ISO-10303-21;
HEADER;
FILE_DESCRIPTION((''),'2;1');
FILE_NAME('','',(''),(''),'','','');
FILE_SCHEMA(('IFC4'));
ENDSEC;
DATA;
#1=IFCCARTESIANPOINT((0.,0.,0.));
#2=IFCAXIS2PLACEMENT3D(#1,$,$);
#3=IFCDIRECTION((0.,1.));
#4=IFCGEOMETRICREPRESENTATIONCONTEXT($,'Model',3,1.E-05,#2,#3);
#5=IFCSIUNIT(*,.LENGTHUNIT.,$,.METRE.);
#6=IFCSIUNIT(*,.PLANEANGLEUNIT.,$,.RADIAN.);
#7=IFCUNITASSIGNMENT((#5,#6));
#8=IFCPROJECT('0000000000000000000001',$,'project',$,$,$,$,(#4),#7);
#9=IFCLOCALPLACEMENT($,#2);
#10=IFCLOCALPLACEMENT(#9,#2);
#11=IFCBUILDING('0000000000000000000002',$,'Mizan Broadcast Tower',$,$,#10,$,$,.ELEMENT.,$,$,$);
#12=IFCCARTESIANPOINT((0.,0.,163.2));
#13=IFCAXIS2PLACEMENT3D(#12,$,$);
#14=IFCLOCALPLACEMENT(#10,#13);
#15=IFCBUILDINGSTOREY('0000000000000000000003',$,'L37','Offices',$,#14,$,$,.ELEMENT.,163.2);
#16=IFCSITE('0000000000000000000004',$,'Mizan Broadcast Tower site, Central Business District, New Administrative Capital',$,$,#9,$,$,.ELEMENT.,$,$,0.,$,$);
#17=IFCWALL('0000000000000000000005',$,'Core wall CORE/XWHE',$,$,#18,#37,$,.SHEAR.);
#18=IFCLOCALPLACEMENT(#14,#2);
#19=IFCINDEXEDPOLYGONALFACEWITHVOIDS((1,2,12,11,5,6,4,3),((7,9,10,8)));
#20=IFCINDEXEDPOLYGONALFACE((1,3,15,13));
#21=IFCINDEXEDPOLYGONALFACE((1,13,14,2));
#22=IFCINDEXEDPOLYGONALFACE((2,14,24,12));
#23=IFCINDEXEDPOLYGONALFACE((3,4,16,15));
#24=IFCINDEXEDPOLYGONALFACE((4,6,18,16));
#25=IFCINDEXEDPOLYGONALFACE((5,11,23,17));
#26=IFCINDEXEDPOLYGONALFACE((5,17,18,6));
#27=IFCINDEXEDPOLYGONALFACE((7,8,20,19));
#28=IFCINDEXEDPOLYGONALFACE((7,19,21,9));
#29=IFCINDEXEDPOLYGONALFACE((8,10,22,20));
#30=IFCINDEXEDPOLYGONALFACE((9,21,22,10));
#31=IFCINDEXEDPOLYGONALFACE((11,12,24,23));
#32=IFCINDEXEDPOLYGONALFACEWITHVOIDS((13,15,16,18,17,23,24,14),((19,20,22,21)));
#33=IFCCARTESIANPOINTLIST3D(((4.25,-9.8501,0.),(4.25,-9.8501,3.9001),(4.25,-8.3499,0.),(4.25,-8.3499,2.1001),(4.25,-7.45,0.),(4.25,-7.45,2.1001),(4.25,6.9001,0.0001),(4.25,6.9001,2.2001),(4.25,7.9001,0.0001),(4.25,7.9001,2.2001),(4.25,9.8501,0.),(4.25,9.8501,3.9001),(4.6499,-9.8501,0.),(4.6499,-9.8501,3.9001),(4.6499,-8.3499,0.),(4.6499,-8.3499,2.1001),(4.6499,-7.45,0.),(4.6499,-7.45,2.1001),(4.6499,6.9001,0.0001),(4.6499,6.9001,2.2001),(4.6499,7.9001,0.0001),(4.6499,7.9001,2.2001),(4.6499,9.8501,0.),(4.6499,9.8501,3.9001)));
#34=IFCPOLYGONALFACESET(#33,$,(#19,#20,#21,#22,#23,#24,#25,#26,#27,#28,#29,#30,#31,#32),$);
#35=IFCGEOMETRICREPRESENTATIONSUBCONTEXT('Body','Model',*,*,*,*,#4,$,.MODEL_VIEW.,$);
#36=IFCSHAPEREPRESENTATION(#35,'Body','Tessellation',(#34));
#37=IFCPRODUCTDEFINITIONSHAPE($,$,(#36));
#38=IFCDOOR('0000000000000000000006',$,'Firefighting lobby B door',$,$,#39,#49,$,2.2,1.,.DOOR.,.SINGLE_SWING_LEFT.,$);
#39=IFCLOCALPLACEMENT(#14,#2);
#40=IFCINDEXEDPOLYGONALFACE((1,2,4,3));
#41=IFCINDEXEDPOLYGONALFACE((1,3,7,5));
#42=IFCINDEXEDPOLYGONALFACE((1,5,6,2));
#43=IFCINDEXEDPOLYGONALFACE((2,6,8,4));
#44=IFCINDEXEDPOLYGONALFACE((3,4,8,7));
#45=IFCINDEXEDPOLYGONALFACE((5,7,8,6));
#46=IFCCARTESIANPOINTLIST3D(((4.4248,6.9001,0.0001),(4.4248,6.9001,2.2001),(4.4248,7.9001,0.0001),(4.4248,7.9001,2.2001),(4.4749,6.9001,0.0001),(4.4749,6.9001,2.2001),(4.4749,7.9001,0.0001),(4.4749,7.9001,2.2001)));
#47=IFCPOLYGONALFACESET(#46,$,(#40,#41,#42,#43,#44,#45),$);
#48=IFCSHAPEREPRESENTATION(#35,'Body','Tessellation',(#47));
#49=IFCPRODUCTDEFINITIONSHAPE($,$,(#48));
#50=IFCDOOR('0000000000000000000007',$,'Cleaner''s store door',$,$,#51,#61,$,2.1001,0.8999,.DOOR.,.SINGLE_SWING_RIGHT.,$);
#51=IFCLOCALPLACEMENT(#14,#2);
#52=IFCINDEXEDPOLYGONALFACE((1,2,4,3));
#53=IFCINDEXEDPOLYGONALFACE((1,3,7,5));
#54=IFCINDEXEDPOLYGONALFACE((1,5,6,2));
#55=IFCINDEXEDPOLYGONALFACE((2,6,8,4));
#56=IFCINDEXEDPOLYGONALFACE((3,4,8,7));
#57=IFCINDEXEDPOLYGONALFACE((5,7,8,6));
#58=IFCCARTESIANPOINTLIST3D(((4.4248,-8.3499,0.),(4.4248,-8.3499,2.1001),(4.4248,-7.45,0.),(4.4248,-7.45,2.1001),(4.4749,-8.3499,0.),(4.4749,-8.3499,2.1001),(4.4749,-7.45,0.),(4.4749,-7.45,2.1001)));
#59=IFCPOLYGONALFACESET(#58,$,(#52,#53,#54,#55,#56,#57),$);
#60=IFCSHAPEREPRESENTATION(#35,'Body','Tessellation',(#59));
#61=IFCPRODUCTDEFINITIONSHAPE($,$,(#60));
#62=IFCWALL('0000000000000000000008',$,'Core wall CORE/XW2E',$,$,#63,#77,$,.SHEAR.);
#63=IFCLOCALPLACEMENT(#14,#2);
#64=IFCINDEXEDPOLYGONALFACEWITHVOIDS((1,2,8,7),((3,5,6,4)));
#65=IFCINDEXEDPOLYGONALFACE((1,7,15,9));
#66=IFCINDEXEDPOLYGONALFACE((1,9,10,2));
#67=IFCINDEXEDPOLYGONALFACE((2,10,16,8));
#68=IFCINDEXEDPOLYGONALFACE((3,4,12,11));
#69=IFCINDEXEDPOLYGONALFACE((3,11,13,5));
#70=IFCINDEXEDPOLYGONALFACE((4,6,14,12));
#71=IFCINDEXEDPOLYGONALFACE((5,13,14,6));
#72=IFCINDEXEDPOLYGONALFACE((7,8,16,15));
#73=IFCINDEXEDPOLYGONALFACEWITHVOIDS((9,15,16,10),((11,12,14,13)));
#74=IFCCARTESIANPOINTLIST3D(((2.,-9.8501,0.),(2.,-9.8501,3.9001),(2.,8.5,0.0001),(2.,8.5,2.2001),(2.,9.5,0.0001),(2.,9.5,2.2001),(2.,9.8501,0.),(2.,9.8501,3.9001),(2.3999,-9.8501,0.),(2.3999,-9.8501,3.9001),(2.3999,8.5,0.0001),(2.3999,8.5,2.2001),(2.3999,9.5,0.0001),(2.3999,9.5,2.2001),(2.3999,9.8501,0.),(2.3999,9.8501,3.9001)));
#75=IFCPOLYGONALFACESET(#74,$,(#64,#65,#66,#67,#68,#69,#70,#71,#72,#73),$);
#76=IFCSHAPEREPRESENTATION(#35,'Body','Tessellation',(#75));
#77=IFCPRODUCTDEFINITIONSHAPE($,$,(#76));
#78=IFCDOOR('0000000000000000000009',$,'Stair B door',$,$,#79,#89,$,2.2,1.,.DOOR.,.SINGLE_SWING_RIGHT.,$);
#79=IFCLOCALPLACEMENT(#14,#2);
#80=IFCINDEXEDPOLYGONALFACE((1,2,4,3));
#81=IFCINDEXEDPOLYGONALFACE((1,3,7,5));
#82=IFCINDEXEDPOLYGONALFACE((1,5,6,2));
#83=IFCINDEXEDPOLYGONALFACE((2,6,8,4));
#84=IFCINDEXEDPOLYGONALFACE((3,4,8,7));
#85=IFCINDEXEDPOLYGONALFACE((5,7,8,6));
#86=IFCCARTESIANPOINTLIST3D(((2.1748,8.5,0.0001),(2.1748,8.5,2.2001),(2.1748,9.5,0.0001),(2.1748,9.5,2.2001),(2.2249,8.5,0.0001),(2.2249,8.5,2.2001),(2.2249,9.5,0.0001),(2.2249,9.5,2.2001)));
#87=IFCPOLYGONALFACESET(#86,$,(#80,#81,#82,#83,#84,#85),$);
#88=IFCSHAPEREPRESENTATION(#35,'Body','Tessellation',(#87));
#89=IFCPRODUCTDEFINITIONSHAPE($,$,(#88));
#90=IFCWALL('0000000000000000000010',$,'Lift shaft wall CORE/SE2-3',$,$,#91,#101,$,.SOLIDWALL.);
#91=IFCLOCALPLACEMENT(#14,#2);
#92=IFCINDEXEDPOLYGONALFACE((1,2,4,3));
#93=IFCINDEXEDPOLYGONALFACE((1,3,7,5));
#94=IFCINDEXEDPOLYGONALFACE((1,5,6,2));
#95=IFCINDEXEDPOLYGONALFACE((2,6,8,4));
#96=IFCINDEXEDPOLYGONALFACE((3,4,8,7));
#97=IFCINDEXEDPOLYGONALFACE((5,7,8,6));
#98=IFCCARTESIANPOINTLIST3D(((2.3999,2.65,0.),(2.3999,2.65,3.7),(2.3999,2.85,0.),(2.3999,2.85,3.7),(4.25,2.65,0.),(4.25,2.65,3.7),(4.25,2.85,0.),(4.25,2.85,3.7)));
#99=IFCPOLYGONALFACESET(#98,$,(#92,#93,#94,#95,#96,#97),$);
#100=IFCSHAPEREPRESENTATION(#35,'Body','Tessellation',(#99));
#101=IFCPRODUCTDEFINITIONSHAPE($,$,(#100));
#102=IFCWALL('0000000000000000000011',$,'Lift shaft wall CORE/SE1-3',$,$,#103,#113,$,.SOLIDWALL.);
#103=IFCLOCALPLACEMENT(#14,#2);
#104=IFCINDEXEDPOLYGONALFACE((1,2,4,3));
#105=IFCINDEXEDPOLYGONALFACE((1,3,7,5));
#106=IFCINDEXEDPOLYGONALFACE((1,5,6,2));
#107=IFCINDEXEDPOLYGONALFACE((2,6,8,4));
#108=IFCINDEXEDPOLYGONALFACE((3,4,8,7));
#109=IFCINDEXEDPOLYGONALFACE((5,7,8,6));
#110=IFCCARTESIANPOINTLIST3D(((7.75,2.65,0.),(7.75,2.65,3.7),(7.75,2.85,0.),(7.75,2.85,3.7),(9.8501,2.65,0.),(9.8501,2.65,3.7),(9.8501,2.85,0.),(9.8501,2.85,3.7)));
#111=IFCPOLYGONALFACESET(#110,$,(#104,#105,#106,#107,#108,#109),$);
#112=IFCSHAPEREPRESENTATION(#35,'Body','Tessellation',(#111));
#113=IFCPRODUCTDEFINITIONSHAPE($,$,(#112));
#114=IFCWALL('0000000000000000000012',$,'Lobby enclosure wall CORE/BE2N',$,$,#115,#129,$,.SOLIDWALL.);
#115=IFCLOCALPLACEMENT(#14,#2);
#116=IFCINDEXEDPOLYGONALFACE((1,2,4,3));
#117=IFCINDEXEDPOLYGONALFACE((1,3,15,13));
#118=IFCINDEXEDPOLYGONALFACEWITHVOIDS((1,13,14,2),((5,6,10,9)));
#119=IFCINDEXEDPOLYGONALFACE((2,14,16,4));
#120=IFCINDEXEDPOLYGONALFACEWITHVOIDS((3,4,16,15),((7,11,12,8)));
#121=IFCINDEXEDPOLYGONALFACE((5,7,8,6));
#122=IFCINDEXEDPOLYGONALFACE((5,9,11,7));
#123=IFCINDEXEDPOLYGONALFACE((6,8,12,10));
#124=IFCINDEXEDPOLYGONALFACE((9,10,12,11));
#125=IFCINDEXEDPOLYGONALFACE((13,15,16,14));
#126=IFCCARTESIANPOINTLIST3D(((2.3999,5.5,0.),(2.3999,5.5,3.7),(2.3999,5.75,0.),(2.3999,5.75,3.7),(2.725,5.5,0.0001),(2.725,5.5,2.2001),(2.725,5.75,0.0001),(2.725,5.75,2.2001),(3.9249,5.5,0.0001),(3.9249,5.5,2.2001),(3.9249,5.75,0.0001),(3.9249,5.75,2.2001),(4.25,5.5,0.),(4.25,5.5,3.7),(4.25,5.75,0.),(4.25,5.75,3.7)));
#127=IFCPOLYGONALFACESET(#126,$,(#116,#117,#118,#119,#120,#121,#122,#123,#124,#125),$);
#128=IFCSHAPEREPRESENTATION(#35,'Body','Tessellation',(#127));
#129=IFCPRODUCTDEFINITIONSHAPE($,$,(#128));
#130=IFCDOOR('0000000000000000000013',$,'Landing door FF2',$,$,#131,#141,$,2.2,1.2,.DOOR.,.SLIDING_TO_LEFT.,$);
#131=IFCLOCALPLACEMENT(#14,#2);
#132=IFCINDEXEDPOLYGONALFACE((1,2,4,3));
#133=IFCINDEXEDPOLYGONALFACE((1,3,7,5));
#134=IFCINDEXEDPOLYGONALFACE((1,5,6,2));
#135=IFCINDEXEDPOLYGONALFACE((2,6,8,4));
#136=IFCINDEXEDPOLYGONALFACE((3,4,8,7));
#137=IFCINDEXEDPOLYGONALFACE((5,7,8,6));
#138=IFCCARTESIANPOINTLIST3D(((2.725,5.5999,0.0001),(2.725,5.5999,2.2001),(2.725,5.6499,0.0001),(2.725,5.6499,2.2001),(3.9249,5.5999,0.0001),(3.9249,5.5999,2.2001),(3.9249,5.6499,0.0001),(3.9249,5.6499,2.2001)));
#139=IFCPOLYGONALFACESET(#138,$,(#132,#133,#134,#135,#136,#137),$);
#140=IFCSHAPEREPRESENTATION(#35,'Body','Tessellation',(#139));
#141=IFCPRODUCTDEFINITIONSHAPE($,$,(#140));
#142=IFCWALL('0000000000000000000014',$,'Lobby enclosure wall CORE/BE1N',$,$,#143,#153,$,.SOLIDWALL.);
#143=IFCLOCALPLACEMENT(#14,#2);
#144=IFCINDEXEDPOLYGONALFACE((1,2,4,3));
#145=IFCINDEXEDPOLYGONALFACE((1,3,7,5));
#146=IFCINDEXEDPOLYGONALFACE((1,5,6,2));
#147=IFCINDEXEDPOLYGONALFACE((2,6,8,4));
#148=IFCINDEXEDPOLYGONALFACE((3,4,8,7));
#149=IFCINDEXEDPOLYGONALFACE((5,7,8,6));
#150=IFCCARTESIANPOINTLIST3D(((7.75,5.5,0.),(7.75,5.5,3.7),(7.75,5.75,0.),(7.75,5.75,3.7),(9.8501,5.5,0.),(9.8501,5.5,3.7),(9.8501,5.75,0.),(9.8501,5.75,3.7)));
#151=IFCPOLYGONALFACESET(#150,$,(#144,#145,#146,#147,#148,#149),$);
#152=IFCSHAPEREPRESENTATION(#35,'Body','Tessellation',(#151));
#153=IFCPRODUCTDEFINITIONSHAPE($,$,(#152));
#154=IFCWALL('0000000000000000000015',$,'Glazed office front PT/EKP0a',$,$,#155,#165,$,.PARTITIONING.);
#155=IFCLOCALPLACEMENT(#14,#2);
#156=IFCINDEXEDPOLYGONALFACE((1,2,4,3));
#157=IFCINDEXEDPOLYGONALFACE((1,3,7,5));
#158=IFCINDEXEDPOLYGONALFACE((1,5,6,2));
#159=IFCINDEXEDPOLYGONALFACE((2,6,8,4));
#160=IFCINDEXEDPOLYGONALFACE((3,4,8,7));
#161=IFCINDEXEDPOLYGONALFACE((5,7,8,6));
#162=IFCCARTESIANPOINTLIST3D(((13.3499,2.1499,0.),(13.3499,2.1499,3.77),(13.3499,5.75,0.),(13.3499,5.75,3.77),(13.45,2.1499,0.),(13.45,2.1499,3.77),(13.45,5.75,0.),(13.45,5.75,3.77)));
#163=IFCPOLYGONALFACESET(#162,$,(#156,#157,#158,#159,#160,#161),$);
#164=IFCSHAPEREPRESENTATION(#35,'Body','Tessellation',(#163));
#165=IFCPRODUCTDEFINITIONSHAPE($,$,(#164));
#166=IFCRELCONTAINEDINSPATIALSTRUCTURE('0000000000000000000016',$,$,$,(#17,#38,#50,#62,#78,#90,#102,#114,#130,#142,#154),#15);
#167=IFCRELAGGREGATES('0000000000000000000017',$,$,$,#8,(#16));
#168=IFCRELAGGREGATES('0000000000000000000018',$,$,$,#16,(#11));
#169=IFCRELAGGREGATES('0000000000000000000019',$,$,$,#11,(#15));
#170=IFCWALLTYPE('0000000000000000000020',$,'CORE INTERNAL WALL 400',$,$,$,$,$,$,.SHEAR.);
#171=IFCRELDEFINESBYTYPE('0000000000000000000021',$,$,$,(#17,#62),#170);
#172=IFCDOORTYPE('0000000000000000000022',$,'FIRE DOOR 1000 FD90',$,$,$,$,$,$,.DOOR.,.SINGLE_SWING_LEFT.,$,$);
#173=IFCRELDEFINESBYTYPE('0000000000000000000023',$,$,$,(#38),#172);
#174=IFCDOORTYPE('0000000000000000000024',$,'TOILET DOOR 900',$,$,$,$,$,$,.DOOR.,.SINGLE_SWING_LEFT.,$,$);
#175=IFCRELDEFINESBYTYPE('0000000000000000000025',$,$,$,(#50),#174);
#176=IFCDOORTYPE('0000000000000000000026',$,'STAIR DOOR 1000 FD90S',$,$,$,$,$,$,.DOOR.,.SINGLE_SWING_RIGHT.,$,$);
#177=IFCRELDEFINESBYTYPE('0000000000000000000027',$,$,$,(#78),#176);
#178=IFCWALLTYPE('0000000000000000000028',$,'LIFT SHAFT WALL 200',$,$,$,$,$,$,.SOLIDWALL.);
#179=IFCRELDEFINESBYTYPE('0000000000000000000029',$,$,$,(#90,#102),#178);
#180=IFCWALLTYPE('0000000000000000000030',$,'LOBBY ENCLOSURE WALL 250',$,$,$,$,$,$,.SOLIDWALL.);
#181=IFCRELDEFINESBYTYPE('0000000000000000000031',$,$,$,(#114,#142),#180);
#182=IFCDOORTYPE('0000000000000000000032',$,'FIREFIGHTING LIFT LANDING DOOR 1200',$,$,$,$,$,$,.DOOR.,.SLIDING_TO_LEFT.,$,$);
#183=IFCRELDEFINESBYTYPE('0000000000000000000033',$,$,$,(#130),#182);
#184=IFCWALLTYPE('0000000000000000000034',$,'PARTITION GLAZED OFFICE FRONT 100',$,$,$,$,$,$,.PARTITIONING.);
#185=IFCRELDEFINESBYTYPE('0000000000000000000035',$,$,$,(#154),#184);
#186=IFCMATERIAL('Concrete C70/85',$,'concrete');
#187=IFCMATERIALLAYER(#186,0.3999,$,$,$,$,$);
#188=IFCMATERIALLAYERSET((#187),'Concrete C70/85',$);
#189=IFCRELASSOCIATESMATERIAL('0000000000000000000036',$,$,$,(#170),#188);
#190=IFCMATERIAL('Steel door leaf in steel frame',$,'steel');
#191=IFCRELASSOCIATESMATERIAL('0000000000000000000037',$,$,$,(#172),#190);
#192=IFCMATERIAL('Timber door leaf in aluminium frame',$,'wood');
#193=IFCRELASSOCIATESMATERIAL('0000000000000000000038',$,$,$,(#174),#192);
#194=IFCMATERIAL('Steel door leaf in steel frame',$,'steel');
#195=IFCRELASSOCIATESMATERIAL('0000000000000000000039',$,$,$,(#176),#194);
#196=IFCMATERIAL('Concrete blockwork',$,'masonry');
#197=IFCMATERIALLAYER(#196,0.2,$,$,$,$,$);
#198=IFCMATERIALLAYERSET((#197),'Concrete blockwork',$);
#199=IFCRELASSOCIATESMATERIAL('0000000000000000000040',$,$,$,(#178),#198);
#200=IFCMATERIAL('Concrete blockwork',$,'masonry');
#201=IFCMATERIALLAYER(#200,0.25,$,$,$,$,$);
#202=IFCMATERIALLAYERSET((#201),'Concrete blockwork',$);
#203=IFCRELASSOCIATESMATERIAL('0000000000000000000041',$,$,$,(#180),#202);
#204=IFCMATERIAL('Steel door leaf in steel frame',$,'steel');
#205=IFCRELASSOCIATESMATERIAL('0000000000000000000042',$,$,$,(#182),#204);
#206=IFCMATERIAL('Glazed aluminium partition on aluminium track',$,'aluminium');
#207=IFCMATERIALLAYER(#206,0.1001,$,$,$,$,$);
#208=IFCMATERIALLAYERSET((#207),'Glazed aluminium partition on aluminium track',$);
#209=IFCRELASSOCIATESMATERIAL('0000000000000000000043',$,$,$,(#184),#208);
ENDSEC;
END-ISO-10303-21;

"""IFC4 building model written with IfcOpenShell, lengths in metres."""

from ifc_helpers import new_model, si_unit, direction, frame, frame_2d, origin, place, context, subcontext, project, spatial, rectangle, extrude, material, layer, layer_set, type_object, element, fill, save


model = new_model("IFC4")

# Units and contexts
model_context = context("Model", 3, precision=1e-05, world=origin(), true_north=direction((0.0, 1.0)))
body_context = subcontext(model_context, "Body", "Model", "MODEL_VIEW")
ifc_project = project(units=[si_unit("LENGTHUNIT", "METRE"), si_unit("PLANEANGLEUNIT", "RADIAN")], contexts=[model_context])

# Site, building, storey
site_placement = place(None, origin())
site = spatial("IfcSite", under=ifc_project, at=site_placement, Name="Mizan Broadcast Tower site, Central Business District, New Administrative Capital", CompositionType="ELEMENT", RefElevation=0.0)
building_placement = place(site_placement, origin())
building = spatial("IfcBuilding", under=site, at=building_placement, Name="Mizan Broadcast Tower", CompositionType="ELEMENT")
storey_placement = place(building_placement, frame((0.0, 0.0, 163.2)))
storey = spatial("IfcBuildingStorey", under=building, at=storey_placement, Name="L37", Description="Offices", CompositionType="ELEMENT", Elevation=163.2)

# Wall, openings, doors
ifc_material_1 = material(Name="Concrete C70/85", Category="concrete")
ifc_layer_1 = layer(ifc_material_1, 0.3999)
ifc_layer_set_1 = layer_set([ifc_layer_1], Name="Concrete C70/85")
wall_type_1 = type_object("IfcWallType", Name="CORE INTERNAL WALL 400", PredefinedType="SHEAR", material=ifc_layer_set_1)
wall_1_placement = place(storey_placement, frame((4.45, 9.8501, 0.0), z_axis=(0.0, 0.0, 1.0), x_axis=(0.0, -1.0, 0.0)))
wall_1 = element("IfcWall", 1, at=wall_1_placement, inside=storey, type_object=wall_type_1, Name="Core wall CORE/XWHE", PredefinedType="SHEAR", context=body_context, shape_type="SweptSolid", body=[
    extrude(rectangle(XDim=19.7002, YDim=0.3999, at=frame_2d((9.8501, 0.0))), origin(), (0.0, 0.0, 1.0), 3.9001),
])
opening_1_placement = place(wall_1_placement, frame((1.95, 0.0, 0.0)))
opening_1 = element("IfcOpeningElement", 2, at=opening_1_placement, cuts=wall_1, PredefinedType="OPENING", context=body_context, shape_type="SweptSolid", body=[
    extrude(rectangle(XDim=1.0, YDim=2.2, at=frame_2d((0.5, 1.1001))), frame((0.0, 0.21, 0.0), z_axis=(0.0, -1.0, 0.0), x_axis=(1.0, 0.0, 0.0)), (0.0, 0.0, 1.0), 0.4199),
])
opening_2_placement = place(wall_1_placement, frame((17.3, 0.0, 0.0)))
opening_2 = element("IfcOpeningElement", 3, at=opening_2_placement, cuts=wall_1, PredefinedType="OPENING", context=body_context, shape_type="SweptSolid", body=[
    extrude(rectangle(XDim=0.8999, YDim=2.1001, at=frame_2d((0.45, 1.05))), frame((0.0, 0.21, 0.0), z_axis=(0.0, -1.0, 0.0), x_axis=(1.0, 0.0, 0.0)), (0.0, 0.0, 1.0), 0.4199),
])
ifc_material_2 = material(Name="Steel door leaf in steel frame", Category="steel")
door_type_1 = type_object("IfcDoorType", Name="FIRE DOOR 1000 FD90", OperationType="SINGLE_SWING_LEFT", PredefinedType="DOOR", material=ifc_material_2)
door_1_placement = place(opening_1_placement, origin())
door_1 = element("IfcDoor", 4, at=door_1_placement, inside=storey, type_object=door_type_1, Name="Firefighting lobby B door", OperationType="SINGLE_SWING_LEFT", OverallHeight=2.2, OverallWidth=1.0, PredefinedType="DOOR", context=body_context, shape_type="SweptSolid", body=[
    extrude(rectangle(XDim=1.0, YDim=2.2, at=frame_2d((0.5, 1.1001))), frame((0.0, 0.0249, 0.0), z_axis=(0.0, -1.0, 0.0), x_axis=(1.0, 0.0, 0.0)), (0.0, 0.0, 1.0), 0.05),
])
fill(opening_1, door_1)
ifc_material_3 = material(Name="Timber door leaf in aluminium frame", Category="wood")
door_type_2 = type_object("IfcDoorType", Name="TOILET DOOR 900", OperationType="SINGLE_SWING_LEFT", PredefinedType="DOOR", material=ifc_material_3)
door_2_placement = place(opening_2_placement, origin())
door_2 = element("IfcDoor", 5, at=door_2_placement, inside=storey, type_object=door_type_2, Name="Cleaner's store door", OperationType="SINGLE_SWING_RIGHT", OverallHeight=2.1001, OverallWidth=0.8999, PredefinedType="DOOR", context=body_context, shape_type="SweptSolid", body=[
    extrude(rectangle(XDim=0.8999, YDim=2.1001, at=frame_2d((0.45, 1.05))), frame((0.0, 0.0249, 0.0), z_axis=(0.0, -1.0, 0.0), x_axis=(1.0, 0.0, 0.0)), (0.0, 0.0, 1.0), 0.05),
])
fill(opening_2, door_2)

# Wall, opening, door
wall_2_placement = place(storey_placement, frame((2.2, 9.8501, 0.0), z_axis=(0.0, 0.0, 1.0), x_axis=(0.0, -1.0, 0.0)))
wall_2 = element("IfcWall", 6, at=wall_2_placement, inside=storey, type_object=wall_type_1, Name="Core wall CORE/XW2E", PredefinedType="SHEAR", context=body_context, shape_type="SweptSolid", body=[
    extrude(rectangle(XDim=19.7002, YDim=0.3999, at=frame_2d((9.8501, 0.0))), origin(), (0.0, 0.0, 1.0), 3.9001),
])
opening_3_placement = place(wall_2_placement, frame((0.3501, 0.0, 0.0)))
opening_3 = element("IfcOpeningElement", 7, at=opening_3_placement, cuts=wall_2, PredefinedType="OPENING", context=body_context, shape_type="SweptSolid", body=[
    extrude(rectangle(XDim=1.0, YDim=2.2, at=frame_2d((0.5, 1.1001))), frame((0.0, 0.21, 0.0), z_axis=(0.0, -1.0, 0.0), x_axis=(1.0, 0.0, 0.0)), (0.0, 0.0, 1.0), 0.4199),
])
ifc_material_4 = material(Name="Steel door leaf in steel frame", Category="steel")
door_type_3 = type_object("IfcDoorType", Name="STAIR DOOR 1000 FD90S", OperationType="SINGLE_SWING_RIGHT", PredefinedType="DOOR", material=ifc_material_4)
door_3_placement = place(opening_3_placement, origin())
door_3 = element("IfcDoor", 8, at=door_3_placement, inside=storey, type_object=door_type_3, Name="Stair B door", OperationType="SINGLE_SWING_RIGHT", OverallHeight=2.2, OverallWidth=1.0, PredefinedType="DOOR", context=body_context, shape_type="SweptSolid", body=[
    extrude(rectangle(XDim=1.0, YDim=2.2, at=frame_2d((0.5, 1.1001))), frame((0.0, 0.0249, 0.0), z_axis=(0.0, -1.0, 0.0), x_axis=(1.0, 0.0, 0.0)), (0.0, 0.0, 1.0), 0.05),
])
fill(opening_3, door_3)

# Walls
ifc_material_5 = material(Name="Concrete blockwork", Category="masonry")
ifc_layer_2 = layer(ifc_material_5, 0.2)
ifc_layer_set_2 = layer_set([ifc_layer_2], Name="Concrete blockwork")
wall_type_2 = type_object("IfcWallType", Name="LIFT SHAFT WALL 200", PredefinedType="SOLIDWALL", material=ifc_layer_set_2)
wall_3_placement = place(storey_placement, frame((2.3999, 2.75, 0.0), z_axis=(0.0, 0.0, 1.0), x_axis=(1.0, 0.0, 0.0)))
element("IfcWall", 9, at=wall_3_placement, inside=storey, type_object=wall_type_2, Name="Lift shaft wall CORE/SE2-3", PredefinedType="SOLIDWALL", context=body_context, shape_type="SweptSolid", body=[
    extrude(rectangle(XDim=1.8501, YDim=0.2, at=frame_2d((0.925, 0.0))), origin(), (0.0, 0.0, 1.0), 3.7),
])
wall_4_placement = place(storey_placement, frame((7.75, 2.75, 0.0), z_axis=(0.0, 0.0, 1.0), x_axis=(1.0, 0.0, 0.0)))
element("IfcWall", 10, at=wall_4_placement, inside=storey, type_object=wall_type_2, Name="Lift shaft wall CORE/SE1-3", PredefinedType="SOLIDWALL", context=body_context, shape_type="SweptSolid", body=[
    extrude(rectangle(XDim=2.1001, YDim=0.2, at=frame_2d((1.05, 0.0))), origin(), (0.0, 0.0, 1.0), 3.7),
])

# Wall, opening, door
ifc_material_6 = material(Name="Concrete blockwork", Category="masonry")
ifc_layer_3 = layer(ifc_material_6, 0.25)
ifc_layer_set_3 = layer_set([ifc_layer_3], Name="Concrete blockwork")
wall_type_3 = type_object("IfcWallType", Name="LOBBY ENCLOSURE WALL 250", PredefinedType="SOLIDWALL", material=ifc_layer_set_3)
wall_5_placement = place(storey_placement, frame((2.3999, 5.625, 0.0), z_axis=(0.0, 0.0, 1.0), x_axis=(1.0, 0.0, 0.0)))
wall_5 = element("IfcWall", 11, at=wall_5_placement, inside=storey, type_object=wall_type_3, Name="Lobby enclosure wall CORE/BE2N", PredefinedType="SOLIDWALL", context=body_context, shape_type="SweptSolid", body=[
    extrude(rectangle(XDim=1.8501, YDim=0.25, at=frame_2d((0.925, 0.0))), origin(), (0.0, 0.0, 1.0), 3.7),
])
opening_4_placement = place(wall_5_placement, frame((0.325, 0.0, 0.0)))
opening_4 = element("IfcOpeningElement", 12, at=opening_4_placement, cuts=wall_5, PredefinedType="OPENING", context=body_context, shape_type="SweptSolid", body=[
    extrude(rectangle(XDim=1.2, YDim=2.2, at=frame_2d((0.6001, 1.1001))), frame((0.0, 0.135, 0.0), z_axis=(0.0, -1.0, 0.0), x_axis=(1.0, 0.0, 0.0)), (0.0, 0.0, 1.0), 0.27),
])
ifc_material_7 = material(Name="Steel door leaf in steel frame", Category="steel")
door_type_4 = type_object("IfcDoorType", Name="FIREFIGHTING LIFT LANDING DOOR 1200", OperationType="SLIDING_TO_LEFT", PredefinedType="DOOR", material=ifc_material_7)
door_4_placement = place(opening_4_placement, origin())
door_4 = element("IfcDoor", 13, at=door_4_placement, inside=storey, type_object=door_type_4, Name="Landing door FF2", OperationType="SLIDING_TO_LEFT", OverallHeight=2.2, OverallWidth=1.2, PredefinedType="DOOR", context=body_context, shape_type="SweptSolid", body=[
    extrude(rectangle(XDim=1.2, YDim=2.2, at=frame_2d((0.6001, 1.1001))), frame((0.0, 0.0249, 0.0), z_axis=(0.0, -1.0, 0.0), x_axis=(1.0, 0.0, 0.0)), (0.0, 0.0, 1.0), 0.05),
])
fill(opening_4, door_4)

# Walls
wall_6_placement = place(storey_placement, frame((7.75, 5.625, 0.0), z_axis=(0.0, 0.0, 1.0), x_axis=(1.0, 0.0, 0.0)))
element("IfcWall", 14, at=wall_6_placement, inside=storey, type_object=wall_type_3, Name="Lobby enclosure wall CORE/BE1N", PredefinedType="SOLIDWALL", context=body_context, shape_type="SweptSolid", body=[
    extrude(rectangle(XDim=2.1001, YDim=0.25, at=frame_2d((1.05, 0.0))), origin(), (0.0, 0.0, 1.0), 3.7),
])
ifc_material_8 = material(Name="Glazed aluminium partition on aluminium track", Category="aluminium")
ifc_layer_4 = layer(ifc_material_8, 0.1001)
ifc_layer_set_4 = layer_set([ifc_layer_4], Name="Glazed aluminium partition on aluminium track")
wall_type_4 = type_object("IfcWallType", Name="PARTITION GLAZED OFFICE FRONT 100", PredefinedType="PARTITIONING", material=ifc_layer_set_4)
wall_7_placement = place(storey_placement, frame((13.3999, 2.1499, 0.0), z_axis=(0.0, 0.0, 1.0), x_axis=(0.0, 1.0, 0.0)))
element("IfcWall", 15, at=wall_7_placement, inside=storey, type_object=wall_type_4, Name="Glazed office front PT/EKP0a", PredefinedType="PARTITIONING", context=body_context, shape_type="SweptSolid", body=[
    extrude(rectangle(XDim=3.6001, YDim=0.1001, at=frame_2d((1.8, 0.0))), origin(), (0.0, 0.0, 1.0), 3.77),
])

save(model, "model.ifc")
